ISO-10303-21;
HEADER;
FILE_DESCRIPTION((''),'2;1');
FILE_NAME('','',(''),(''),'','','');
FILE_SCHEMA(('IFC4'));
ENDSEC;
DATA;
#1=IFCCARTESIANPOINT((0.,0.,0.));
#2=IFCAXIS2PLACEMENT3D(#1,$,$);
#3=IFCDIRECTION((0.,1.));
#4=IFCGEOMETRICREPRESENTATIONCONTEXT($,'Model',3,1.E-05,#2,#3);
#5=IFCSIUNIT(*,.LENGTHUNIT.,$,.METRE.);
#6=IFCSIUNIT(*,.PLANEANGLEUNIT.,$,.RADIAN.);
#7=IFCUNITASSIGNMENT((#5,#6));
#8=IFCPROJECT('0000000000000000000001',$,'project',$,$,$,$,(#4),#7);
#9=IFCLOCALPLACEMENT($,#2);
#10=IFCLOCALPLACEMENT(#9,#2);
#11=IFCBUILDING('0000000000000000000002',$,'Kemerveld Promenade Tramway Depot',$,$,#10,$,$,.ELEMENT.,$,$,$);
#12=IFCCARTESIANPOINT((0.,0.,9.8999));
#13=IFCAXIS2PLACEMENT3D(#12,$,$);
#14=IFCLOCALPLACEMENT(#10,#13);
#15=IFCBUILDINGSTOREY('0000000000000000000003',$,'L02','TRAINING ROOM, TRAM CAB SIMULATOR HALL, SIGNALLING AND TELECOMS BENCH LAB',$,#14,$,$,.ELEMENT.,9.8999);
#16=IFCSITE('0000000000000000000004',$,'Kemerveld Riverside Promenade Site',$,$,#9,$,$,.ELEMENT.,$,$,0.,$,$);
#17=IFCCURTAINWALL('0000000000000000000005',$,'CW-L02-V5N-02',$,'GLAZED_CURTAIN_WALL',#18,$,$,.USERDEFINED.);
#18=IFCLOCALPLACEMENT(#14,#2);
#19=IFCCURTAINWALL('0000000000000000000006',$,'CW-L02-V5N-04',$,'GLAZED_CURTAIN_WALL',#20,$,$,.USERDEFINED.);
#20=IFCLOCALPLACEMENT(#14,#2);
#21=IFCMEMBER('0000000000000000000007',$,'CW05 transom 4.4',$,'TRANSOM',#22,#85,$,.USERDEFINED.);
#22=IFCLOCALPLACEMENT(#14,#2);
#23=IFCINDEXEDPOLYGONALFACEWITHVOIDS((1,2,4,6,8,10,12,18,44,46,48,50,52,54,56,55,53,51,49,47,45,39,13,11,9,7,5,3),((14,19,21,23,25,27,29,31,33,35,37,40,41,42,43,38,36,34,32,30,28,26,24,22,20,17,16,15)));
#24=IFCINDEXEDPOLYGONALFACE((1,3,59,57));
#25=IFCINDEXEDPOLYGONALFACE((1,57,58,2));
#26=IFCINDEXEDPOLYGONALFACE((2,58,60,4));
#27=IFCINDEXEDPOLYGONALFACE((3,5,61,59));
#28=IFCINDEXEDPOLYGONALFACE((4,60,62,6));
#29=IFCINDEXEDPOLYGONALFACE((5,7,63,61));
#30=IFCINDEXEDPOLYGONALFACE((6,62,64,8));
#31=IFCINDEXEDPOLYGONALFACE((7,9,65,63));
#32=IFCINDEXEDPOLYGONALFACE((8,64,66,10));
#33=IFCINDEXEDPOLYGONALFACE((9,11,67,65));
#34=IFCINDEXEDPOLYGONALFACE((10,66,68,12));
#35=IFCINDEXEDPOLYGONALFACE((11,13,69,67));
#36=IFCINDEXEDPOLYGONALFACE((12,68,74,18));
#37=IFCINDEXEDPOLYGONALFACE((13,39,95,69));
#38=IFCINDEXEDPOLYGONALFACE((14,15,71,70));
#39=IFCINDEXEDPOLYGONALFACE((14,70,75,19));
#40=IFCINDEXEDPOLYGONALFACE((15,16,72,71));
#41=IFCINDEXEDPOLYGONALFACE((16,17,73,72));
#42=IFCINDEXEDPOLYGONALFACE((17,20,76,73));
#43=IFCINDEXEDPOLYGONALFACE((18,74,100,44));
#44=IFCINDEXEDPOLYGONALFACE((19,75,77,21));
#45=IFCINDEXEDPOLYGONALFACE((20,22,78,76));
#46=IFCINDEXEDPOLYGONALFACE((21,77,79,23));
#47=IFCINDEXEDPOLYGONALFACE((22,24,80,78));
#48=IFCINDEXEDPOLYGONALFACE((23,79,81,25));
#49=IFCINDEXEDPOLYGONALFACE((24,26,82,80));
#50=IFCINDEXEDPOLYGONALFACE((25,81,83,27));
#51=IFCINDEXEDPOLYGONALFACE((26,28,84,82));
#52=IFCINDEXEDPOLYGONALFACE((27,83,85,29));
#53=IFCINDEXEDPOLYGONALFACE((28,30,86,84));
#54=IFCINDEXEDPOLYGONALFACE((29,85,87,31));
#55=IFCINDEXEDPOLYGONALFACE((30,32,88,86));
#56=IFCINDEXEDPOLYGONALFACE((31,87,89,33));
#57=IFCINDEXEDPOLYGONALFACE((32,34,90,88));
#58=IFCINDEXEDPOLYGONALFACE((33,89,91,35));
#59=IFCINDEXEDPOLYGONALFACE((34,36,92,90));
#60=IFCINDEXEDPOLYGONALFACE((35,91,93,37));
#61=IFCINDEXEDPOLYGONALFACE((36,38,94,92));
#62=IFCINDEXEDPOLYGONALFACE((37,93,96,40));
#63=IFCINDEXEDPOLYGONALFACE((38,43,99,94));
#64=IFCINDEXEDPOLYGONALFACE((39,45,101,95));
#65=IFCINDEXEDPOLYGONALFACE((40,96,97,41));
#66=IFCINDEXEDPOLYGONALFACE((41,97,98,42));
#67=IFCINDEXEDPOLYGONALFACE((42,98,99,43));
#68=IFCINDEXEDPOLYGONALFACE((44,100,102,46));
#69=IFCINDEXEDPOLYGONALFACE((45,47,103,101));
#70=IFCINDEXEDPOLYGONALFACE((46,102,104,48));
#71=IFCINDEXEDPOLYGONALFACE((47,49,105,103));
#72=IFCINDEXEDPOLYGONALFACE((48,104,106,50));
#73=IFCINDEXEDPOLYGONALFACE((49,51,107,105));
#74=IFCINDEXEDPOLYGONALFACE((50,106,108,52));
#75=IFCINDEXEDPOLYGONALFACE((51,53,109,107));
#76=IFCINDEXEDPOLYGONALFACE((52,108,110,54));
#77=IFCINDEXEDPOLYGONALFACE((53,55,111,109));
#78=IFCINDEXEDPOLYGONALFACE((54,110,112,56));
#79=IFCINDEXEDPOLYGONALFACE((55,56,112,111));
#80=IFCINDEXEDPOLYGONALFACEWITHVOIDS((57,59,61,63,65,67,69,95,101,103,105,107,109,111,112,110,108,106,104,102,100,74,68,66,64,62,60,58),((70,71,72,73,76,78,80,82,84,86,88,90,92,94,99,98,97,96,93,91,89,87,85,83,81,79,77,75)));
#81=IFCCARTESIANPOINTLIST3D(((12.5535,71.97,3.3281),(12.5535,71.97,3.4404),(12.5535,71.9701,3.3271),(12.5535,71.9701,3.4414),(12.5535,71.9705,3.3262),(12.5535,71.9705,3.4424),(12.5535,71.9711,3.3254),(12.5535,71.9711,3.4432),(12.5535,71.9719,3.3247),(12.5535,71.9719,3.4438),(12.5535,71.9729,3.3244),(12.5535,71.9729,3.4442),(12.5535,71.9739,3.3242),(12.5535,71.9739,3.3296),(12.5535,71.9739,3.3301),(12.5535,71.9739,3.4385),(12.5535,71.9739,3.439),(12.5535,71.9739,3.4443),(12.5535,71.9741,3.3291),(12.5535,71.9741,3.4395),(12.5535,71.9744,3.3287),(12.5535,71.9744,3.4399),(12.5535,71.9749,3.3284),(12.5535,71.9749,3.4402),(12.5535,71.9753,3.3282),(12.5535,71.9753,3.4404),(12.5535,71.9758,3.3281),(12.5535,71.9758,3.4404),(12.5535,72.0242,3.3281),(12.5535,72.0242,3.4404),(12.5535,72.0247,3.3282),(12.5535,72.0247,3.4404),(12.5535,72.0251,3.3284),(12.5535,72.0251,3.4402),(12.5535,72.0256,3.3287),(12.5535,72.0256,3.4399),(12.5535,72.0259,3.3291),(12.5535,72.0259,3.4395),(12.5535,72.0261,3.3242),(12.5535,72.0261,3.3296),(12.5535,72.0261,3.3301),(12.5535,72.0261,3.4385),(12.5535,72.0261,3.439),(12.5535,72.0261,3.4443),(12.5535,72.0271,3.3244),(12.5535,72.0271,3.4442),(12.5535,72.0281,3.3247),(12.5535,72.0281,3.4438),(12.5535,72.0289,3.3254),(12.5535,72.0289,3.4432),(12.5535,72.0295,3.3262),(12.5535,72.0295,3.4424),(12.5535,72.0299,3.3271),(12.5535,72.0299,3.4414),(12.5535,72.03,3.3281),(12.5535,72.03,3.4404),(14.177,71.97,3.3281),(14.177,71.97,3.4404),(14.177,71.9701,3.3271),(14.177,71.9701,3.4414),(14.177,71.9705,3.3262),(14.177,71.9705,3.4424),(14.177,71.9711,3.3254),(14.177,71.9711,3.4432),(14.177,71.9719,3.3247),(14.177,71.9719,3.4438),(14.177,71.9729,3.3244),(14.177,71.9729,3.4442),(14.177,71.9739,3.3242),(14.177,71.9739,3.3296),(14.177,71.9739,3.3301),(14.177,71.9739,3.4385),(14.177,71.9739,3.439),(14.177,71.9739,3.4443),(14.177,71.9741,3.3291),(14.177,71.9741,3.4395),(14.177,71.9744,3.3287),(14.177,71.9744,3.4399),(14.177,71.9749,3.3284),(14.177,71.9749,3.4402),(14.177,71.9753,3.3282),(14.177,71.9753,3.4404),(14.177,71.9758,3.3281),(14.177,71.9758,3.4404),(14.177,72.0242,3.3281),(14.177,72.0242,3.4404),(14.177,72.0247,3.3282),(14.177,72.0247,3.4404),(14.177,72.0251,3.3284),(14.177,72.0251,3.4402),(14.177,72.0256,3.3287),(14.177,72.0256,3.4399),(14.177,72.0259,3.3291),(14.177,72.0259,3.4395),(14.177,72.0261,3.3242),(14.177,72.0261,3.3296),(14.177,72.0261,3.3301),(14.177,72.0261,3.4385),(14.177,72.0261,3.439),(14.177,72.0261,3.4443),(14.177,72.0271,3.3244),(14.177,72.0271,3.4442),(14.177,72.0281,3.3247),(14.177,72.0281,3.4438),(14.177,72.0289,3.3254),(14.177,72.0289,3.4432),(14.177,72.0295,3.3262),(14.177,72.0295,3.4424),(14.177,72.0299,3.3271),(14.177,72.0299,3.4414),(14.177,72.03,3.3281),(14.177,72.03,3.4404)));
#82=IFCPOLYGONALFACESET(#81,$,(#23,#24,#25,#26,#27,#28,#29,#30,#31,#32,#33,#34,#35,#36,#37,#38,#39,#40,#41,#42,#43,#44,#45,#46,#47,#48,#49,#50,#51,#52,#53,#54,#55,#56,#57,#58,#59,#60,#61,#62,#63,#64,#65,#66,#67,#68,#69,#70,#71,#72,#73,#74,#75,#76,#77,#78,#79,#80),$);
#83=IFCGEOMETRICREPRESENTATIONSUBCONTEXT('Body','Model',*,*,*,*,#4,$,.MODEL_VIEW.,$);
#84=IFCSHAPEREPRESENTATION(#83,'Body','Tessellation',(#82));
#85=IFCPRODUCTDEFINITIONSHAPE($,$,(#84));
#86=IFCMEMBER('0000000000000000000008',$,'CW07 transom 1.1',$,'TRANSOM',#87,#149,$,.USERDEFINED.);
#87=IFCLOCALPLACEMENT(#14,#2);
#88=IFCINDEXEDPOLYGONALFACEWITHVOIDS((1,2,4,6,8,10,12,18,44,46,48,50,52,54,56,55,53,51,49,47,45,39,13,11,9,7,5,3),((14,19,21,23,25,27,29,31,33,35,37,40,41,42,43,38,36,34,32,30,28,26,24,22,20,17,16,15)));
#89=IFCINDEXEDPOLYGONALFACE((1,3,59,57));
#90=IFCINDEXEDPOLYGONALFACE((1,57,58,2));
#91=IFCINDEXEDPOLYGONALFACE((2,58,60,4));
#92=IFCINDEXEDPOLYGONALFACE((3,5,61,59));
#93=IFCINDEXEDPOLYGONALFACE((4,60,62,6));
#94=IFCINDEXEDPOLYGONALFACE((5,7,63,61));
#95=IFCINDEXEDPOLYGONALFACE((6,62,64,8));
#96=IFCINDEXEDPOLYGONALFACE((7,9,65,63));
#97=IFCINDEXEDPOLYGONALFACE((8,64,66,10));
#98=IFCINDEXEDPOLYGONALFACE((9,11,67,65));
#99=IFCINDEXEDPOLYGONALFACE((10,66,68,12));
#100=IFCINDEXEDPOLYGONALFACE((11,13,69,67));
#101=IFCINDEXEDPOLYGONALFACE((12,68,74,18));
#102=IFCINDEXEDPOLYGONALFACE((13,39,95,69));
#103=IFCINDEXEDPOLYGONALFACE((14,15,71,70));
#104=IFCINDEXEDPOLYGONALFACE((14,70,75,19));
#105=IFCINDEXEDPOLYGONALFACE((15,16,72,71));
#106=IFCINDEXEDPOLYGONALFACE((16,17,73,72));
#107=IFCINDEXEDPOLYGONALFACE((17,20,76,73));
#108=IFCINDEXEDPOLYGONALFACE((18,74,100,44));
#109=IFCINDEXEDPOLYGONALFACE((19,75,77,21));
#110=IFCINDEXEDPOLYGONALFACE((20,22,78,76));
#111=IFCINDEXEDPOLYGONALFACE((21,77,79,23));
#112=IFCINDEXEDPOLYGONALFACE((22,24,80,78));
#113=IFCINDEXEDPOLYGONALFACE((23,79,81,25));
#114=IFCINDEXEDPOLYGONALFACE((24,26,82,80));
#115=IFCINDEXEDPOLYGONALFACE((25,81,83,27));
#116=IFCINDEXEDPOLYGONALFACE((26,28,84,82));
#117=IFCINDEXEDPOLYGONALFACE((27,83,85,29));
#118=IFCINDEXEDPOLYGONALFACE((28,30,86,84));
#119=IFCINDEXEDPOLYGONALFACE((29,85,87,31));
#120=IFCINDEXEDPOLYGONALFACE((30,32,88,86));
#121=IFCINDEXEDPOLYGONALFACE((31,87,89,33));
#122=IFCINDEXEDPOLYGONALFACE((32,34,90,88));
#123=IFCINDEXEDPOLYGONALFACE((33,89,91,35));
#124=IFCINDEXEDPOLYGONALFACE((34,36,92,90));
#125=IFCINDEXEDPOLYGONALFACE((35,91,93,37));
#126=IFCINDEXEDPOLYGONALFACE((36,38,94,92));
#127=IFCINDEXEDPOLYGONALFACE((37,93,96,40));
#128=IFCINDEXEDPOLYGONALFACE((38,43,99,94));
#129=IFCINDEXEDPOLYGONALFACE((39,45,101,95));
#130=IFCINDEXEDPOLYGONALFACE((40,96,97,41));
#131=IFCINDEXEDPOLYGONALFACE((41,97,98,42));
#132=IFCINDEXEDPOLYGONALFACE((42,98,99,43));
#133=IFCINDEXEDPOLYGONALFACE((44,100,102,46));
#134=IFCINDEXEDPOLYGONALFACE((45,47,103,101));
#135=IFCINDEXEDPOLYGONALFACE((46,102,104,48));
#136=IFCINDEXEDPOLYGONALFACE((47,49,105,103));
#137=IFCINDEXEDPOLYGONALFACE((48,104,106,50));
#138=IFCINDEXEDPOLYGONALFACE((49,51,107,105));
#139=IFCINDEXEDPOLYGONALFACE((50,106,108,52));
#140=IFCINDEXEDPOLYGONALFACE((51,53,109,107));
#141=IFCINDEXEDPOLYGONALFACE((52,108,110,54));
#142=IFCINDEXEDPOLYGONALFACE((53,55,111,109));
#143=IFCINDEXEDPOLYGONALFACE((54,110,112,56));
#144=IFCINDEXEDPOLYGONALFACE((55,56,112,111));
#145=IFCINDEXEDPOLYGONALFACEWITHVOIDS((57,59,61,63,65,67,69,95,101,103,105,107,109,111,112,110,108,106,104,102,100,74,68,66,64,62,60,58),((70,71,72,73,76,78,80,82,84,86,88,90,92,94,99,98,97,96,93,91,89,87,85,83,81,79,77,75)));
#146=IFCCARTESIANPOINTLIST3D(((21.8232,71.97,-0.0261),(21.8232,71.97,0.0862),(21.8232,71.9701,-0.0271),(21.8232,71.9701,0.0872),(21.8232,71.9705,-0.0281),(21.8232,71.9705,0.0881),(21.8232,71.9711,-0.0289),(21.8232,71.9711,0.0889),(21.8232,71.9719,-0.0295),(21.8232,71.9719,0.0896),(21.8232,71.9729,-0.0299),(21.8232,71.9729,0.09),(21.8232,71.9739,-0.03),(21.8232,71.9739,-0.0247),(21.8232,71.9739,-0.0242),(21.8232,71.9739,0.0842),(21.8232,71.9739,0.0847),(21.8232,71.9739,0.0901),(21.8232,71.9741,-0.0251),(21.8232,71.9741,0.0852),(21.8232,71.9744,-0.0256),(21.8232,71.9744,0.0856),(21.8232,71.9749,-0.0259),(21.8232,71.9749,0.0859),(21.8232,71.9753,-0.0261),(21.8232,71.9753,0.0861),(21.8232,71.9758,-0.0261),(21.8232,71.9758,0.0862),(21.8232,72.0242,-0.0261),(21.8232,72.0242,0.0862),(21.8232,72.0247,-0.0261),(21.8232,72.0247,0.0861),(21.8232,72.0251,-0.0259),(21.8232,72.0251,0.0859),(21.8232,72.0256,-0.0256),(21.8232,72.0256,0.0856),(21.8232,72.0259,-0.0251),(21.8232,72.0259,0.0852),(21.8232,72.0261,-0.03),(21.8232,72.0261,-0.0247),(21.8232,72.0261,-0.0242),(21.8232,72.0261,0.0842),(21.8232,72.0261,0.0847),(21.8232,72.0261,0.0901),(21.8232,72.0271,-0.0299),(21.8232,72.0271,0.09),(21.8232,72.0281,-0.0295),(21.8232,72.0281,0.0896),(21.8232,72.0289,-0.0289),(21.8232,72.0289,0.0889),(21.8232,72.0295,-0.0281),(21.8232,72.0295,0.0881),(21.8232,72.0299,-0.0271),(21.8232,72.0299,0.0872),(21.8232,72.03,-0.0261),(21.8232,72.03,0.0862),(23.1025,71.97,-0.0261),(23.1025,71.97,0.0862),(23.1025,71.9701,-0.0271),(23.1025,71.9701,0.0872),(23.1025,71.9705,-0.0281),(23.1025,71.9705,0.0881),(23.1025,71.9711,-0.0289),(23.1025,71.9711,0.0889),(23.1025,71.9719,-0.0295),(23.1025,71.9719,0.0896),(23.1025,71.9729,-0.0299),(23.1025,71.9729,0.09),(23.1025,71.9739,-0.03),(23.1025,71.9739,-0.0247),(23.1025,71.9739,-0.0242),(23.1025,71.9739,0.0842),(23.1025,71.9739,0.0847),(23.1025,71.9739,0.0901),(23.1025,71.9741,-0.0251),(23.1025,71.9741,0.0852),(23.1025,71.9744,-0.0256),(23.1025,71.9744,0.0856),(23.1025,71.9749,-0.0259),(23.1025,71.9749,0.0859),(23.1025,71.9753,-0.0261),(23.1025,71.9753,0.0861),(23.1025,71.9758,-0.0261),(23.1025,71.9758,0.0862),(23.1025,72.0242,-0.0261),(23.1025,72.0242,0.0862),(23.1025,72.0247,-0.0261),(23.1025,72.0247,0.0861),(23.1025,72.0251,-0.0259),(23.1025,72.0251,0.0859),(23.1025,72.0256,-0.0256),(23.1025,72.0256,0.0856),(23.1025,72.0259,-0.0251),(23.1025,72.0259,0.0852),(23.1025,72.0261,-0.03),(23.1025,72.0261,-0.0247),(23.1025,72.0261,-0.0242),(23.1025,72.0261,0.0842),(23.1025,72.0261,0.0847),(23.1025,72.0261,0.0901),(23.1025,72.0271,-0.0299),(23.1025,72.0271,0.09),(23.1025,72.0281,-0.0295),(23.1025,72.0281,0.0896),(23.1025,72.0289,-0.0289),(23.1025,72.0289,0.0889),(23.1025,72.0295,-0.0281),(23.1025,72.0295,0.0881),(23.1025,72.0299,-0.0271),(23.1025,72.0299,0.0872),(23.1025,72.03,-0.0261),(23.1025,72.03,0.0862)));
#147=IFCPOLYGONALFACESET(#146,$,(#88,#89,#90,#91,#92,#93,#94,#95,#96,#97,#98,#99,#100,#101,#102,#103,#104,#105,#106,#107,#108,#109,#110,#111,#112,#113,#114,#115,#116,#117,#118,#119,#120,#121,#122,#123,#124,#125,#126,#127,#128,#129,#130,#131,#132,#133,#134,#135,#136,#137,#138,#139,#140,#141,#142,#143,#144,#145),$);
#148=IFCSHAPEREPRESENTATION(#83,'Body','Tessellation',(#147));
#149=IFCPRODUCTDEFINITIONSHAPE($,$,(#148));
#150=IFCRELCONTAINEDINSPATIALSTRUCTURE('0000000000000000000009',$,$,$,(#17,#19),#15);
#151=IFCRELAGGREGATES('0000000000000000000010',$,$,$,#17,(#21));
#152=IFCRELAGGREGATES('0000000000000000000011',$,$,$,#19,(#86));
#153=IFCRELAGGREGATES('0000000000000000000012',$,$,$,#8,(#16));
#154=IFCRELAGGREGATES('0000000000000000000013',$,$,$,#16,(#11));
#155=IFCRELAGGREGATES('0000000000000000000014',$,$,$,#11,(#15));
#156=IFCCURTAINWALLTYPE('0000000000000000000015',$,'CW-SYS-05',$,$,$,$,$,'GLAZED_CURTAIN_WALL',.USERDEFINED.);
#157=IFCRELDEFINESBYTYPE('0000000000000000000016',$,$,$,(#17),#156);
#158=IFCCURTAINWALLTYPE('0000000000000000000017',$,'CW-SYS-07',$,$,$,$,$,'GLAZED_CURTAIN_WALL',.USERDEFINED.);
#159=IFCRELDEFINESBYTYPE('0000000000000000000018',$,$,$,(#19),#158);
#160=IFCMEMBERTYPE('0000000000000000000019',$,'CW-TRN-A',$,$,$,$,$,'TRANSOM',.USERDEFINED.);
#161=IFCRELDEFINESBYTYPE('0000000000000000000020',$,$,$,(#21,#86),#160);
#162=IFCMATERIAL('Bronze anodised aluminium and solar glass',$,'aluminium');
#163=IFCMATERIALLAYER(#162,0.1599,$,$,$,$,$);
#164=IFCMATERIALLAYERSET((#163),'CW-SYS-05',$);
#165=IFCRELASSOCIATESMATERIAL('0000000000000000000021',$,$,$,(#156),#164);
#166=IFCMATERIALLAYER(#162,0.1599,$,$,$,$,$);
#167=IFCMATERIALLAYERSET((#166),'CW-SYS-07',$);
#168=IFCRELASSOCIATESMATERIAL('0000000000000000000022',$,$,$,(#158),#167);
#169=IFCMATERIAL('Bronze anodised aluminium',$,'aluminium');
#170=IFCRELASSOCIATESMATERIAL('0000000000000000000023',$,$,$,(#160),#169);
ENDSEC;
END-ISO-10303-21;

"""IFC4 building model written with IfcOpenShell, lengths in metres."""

from ifc_helpers import new_model, si_unit, direction, frame, origin, origin_2d, place, context, subcontext, project, spatial, hollow_rectangle, extrude, material, layer, layer_set, material_profile, profile_set, type_object, element, aggregate, save


model = new_model("IFC4")

# Units and contexts
model_context = context("Model", 3, precision=1e-05, world=origin(), true_north=direction((0.0, 1.0)))
body_context = subcontext(model_context, "Body", "Model", "MODEL_VIEW")
ifc_project = project(units=[si_unit("LENGTHUNIT", "METRE"), si_unit("PLANEANGLEUNIT", "RADIAN")], contexts=[model_context])

# Site, building, storey
site_placement = place(None, origin())
site = spatial("IfcSite", under=ifc_project, at=site_placement, Name="Kemerveld Riverside Promenade Site", CompositionType="ELEMENT", RefElevation=0.0)
building_placement = place(site_placement, origin())
building = spatial("IfcBuilding", under=site, at=building_placement, Name="Kemerveld Promenade Tramway Depot", CompositionType="ELEMENT")
storey_placement = place(building_placement, frame((0.0, 0.0, 9.8999)))
storey = spatial("IfcBuildingStorey", under=building, at=storey_placement, Name="L02", Description="TRAINING ROOM, TRAM CAB SIMULATOR HALL, SIGNALLING AND TELECOMS BENCH LAB", CompositionType="ELEMENT", Elevation=9.8999)

# Curtain walls
ifc_material_1 = material(Name="Bronze anodised aluminium and solar glass", Category="aluminium")
ifc_layer_1 = layer(ifc_material_1, 0.1599)
ifc_layer_set_1 = layer_set([ifc_layer_1], Name="CW-SYS-05")
curtain_wall_type_1 = type_object("IfcCurtainWallType", Name="CW-SYS-05", ElementType="GLAZED_CURTAIN_WALL", PredefinedType="USERDEFINED", material=ifc_layer_set_1)
curtain_wall_1_placement = place(storey_placement, origin())
curtain_wall_1 = element("IfcCurtainWall", 1, at=curtain_wall_1_placement, inside=storey, type_object=curtain_wall_type_1, Name="CW-L02-V5N-02", ObjectType="GLAZED_CURTAIN_WALL", PredefinedType="USERDEFINED")
ifc_material_2 = material(Name="Bronze anodised aluminium", Category="aluminium")
ifc_layer_2 = layer(ifc_material_1, 0.1599)
ifc_layer_set_2 = layer_set([ifc_layer_2], Name="CW-SYS-07")
curtain_wall_type_2 = type_object("IfcCurtainWallType", Name="CW-SYS-07", ElementType="GLAZED_CURTAIN_WALL", PredefinedType="USERDEFINED", material=ifc_layer_set_2)
curtain_wall_2_placement = place(storey_placement, origin())
curtain_wall_2 = element("IfcCurtainWall", 2, at=curtain_wall_2_placement, inside=storey, type_object=curtain_wall_type_2, Name="CW-L02-V5N-04", ObjectType="GLAZED_CURTAIN_WALL", PredefinedType="USERDEFINED")

# Members
ifc_material_profile_1 = material_profile(ifc_material_2, hollow_rectangle(XDim=0.0601, YDim=0.1201, WallThickness=0.0039, InnerFilletRadius=0.002, OuterFilletRadius=0.0039, at=origin_2d()), Name="CW-TRN-120x60")
ifc_profile_set_1 = profile_set([ifc_material_profile_1], Name="Bronze anodised aluminium")
member_type_1 = type_object("IfcMemberType", Name="CW-TRN-A", ElementType="TRANSOM", PredefinedType="USERDEFINED", material=ifc_profile_set_1)
member_1_placement = place(storey_placement, frame((12.5535, 72.0, 3.3843), z_axis=(1.0, 0.0, 0.0), x_axis=(0.0, 1.0, 0.0)))
member_1 = element("IfcMember", 3, at=member_1_placement, type_object=member_type_1, Name="CW05 transom 4.4", ObjectType="TRANSOM", PredefinedType="USERDEFINED", context=body_context, shape_type="SweptSolid", body=[
    extrude(hollow_rectangle(XDim=0.0601, YDim=0.1201, WallThickness=0.0039, InnerFilletRadius=0.002, OuterFilletRadius=0.0039, at=origin_2d()), origin(), (0.0, 0.0, 1.0), 1.6235),
])
member_2_placement = place(storey_placement, frame((21.8232, 72.0, 0.03), z_axis=(1.0, 0.0, 0.0), x_axis=(0.0, 1.0, 0.0)))
member_2 = element("IfcMember", 4, at=member_2_placement, type_object=member_type_1, Name="CW07 transom 1.1", ObjectType="TRANSOM", PredefinedType="USERDEFINED", context=body_context, shape_type="SweptSolid", body=[
    extrude(hollow_rectangle(XDim=0.0601, YDim=0.1201, WallThickness=0.0039, InnerFilletRadius=0.002, OuterFilletRadius=0.0039, at=origin_2d()), origin(), (0.0, 0.0, 1.0), 1.2793),
])

aggregate(curtain_wall_1, [member_1])
aggregate(curtain_wall_2, [member_2])

save(model, "model.ifc")
